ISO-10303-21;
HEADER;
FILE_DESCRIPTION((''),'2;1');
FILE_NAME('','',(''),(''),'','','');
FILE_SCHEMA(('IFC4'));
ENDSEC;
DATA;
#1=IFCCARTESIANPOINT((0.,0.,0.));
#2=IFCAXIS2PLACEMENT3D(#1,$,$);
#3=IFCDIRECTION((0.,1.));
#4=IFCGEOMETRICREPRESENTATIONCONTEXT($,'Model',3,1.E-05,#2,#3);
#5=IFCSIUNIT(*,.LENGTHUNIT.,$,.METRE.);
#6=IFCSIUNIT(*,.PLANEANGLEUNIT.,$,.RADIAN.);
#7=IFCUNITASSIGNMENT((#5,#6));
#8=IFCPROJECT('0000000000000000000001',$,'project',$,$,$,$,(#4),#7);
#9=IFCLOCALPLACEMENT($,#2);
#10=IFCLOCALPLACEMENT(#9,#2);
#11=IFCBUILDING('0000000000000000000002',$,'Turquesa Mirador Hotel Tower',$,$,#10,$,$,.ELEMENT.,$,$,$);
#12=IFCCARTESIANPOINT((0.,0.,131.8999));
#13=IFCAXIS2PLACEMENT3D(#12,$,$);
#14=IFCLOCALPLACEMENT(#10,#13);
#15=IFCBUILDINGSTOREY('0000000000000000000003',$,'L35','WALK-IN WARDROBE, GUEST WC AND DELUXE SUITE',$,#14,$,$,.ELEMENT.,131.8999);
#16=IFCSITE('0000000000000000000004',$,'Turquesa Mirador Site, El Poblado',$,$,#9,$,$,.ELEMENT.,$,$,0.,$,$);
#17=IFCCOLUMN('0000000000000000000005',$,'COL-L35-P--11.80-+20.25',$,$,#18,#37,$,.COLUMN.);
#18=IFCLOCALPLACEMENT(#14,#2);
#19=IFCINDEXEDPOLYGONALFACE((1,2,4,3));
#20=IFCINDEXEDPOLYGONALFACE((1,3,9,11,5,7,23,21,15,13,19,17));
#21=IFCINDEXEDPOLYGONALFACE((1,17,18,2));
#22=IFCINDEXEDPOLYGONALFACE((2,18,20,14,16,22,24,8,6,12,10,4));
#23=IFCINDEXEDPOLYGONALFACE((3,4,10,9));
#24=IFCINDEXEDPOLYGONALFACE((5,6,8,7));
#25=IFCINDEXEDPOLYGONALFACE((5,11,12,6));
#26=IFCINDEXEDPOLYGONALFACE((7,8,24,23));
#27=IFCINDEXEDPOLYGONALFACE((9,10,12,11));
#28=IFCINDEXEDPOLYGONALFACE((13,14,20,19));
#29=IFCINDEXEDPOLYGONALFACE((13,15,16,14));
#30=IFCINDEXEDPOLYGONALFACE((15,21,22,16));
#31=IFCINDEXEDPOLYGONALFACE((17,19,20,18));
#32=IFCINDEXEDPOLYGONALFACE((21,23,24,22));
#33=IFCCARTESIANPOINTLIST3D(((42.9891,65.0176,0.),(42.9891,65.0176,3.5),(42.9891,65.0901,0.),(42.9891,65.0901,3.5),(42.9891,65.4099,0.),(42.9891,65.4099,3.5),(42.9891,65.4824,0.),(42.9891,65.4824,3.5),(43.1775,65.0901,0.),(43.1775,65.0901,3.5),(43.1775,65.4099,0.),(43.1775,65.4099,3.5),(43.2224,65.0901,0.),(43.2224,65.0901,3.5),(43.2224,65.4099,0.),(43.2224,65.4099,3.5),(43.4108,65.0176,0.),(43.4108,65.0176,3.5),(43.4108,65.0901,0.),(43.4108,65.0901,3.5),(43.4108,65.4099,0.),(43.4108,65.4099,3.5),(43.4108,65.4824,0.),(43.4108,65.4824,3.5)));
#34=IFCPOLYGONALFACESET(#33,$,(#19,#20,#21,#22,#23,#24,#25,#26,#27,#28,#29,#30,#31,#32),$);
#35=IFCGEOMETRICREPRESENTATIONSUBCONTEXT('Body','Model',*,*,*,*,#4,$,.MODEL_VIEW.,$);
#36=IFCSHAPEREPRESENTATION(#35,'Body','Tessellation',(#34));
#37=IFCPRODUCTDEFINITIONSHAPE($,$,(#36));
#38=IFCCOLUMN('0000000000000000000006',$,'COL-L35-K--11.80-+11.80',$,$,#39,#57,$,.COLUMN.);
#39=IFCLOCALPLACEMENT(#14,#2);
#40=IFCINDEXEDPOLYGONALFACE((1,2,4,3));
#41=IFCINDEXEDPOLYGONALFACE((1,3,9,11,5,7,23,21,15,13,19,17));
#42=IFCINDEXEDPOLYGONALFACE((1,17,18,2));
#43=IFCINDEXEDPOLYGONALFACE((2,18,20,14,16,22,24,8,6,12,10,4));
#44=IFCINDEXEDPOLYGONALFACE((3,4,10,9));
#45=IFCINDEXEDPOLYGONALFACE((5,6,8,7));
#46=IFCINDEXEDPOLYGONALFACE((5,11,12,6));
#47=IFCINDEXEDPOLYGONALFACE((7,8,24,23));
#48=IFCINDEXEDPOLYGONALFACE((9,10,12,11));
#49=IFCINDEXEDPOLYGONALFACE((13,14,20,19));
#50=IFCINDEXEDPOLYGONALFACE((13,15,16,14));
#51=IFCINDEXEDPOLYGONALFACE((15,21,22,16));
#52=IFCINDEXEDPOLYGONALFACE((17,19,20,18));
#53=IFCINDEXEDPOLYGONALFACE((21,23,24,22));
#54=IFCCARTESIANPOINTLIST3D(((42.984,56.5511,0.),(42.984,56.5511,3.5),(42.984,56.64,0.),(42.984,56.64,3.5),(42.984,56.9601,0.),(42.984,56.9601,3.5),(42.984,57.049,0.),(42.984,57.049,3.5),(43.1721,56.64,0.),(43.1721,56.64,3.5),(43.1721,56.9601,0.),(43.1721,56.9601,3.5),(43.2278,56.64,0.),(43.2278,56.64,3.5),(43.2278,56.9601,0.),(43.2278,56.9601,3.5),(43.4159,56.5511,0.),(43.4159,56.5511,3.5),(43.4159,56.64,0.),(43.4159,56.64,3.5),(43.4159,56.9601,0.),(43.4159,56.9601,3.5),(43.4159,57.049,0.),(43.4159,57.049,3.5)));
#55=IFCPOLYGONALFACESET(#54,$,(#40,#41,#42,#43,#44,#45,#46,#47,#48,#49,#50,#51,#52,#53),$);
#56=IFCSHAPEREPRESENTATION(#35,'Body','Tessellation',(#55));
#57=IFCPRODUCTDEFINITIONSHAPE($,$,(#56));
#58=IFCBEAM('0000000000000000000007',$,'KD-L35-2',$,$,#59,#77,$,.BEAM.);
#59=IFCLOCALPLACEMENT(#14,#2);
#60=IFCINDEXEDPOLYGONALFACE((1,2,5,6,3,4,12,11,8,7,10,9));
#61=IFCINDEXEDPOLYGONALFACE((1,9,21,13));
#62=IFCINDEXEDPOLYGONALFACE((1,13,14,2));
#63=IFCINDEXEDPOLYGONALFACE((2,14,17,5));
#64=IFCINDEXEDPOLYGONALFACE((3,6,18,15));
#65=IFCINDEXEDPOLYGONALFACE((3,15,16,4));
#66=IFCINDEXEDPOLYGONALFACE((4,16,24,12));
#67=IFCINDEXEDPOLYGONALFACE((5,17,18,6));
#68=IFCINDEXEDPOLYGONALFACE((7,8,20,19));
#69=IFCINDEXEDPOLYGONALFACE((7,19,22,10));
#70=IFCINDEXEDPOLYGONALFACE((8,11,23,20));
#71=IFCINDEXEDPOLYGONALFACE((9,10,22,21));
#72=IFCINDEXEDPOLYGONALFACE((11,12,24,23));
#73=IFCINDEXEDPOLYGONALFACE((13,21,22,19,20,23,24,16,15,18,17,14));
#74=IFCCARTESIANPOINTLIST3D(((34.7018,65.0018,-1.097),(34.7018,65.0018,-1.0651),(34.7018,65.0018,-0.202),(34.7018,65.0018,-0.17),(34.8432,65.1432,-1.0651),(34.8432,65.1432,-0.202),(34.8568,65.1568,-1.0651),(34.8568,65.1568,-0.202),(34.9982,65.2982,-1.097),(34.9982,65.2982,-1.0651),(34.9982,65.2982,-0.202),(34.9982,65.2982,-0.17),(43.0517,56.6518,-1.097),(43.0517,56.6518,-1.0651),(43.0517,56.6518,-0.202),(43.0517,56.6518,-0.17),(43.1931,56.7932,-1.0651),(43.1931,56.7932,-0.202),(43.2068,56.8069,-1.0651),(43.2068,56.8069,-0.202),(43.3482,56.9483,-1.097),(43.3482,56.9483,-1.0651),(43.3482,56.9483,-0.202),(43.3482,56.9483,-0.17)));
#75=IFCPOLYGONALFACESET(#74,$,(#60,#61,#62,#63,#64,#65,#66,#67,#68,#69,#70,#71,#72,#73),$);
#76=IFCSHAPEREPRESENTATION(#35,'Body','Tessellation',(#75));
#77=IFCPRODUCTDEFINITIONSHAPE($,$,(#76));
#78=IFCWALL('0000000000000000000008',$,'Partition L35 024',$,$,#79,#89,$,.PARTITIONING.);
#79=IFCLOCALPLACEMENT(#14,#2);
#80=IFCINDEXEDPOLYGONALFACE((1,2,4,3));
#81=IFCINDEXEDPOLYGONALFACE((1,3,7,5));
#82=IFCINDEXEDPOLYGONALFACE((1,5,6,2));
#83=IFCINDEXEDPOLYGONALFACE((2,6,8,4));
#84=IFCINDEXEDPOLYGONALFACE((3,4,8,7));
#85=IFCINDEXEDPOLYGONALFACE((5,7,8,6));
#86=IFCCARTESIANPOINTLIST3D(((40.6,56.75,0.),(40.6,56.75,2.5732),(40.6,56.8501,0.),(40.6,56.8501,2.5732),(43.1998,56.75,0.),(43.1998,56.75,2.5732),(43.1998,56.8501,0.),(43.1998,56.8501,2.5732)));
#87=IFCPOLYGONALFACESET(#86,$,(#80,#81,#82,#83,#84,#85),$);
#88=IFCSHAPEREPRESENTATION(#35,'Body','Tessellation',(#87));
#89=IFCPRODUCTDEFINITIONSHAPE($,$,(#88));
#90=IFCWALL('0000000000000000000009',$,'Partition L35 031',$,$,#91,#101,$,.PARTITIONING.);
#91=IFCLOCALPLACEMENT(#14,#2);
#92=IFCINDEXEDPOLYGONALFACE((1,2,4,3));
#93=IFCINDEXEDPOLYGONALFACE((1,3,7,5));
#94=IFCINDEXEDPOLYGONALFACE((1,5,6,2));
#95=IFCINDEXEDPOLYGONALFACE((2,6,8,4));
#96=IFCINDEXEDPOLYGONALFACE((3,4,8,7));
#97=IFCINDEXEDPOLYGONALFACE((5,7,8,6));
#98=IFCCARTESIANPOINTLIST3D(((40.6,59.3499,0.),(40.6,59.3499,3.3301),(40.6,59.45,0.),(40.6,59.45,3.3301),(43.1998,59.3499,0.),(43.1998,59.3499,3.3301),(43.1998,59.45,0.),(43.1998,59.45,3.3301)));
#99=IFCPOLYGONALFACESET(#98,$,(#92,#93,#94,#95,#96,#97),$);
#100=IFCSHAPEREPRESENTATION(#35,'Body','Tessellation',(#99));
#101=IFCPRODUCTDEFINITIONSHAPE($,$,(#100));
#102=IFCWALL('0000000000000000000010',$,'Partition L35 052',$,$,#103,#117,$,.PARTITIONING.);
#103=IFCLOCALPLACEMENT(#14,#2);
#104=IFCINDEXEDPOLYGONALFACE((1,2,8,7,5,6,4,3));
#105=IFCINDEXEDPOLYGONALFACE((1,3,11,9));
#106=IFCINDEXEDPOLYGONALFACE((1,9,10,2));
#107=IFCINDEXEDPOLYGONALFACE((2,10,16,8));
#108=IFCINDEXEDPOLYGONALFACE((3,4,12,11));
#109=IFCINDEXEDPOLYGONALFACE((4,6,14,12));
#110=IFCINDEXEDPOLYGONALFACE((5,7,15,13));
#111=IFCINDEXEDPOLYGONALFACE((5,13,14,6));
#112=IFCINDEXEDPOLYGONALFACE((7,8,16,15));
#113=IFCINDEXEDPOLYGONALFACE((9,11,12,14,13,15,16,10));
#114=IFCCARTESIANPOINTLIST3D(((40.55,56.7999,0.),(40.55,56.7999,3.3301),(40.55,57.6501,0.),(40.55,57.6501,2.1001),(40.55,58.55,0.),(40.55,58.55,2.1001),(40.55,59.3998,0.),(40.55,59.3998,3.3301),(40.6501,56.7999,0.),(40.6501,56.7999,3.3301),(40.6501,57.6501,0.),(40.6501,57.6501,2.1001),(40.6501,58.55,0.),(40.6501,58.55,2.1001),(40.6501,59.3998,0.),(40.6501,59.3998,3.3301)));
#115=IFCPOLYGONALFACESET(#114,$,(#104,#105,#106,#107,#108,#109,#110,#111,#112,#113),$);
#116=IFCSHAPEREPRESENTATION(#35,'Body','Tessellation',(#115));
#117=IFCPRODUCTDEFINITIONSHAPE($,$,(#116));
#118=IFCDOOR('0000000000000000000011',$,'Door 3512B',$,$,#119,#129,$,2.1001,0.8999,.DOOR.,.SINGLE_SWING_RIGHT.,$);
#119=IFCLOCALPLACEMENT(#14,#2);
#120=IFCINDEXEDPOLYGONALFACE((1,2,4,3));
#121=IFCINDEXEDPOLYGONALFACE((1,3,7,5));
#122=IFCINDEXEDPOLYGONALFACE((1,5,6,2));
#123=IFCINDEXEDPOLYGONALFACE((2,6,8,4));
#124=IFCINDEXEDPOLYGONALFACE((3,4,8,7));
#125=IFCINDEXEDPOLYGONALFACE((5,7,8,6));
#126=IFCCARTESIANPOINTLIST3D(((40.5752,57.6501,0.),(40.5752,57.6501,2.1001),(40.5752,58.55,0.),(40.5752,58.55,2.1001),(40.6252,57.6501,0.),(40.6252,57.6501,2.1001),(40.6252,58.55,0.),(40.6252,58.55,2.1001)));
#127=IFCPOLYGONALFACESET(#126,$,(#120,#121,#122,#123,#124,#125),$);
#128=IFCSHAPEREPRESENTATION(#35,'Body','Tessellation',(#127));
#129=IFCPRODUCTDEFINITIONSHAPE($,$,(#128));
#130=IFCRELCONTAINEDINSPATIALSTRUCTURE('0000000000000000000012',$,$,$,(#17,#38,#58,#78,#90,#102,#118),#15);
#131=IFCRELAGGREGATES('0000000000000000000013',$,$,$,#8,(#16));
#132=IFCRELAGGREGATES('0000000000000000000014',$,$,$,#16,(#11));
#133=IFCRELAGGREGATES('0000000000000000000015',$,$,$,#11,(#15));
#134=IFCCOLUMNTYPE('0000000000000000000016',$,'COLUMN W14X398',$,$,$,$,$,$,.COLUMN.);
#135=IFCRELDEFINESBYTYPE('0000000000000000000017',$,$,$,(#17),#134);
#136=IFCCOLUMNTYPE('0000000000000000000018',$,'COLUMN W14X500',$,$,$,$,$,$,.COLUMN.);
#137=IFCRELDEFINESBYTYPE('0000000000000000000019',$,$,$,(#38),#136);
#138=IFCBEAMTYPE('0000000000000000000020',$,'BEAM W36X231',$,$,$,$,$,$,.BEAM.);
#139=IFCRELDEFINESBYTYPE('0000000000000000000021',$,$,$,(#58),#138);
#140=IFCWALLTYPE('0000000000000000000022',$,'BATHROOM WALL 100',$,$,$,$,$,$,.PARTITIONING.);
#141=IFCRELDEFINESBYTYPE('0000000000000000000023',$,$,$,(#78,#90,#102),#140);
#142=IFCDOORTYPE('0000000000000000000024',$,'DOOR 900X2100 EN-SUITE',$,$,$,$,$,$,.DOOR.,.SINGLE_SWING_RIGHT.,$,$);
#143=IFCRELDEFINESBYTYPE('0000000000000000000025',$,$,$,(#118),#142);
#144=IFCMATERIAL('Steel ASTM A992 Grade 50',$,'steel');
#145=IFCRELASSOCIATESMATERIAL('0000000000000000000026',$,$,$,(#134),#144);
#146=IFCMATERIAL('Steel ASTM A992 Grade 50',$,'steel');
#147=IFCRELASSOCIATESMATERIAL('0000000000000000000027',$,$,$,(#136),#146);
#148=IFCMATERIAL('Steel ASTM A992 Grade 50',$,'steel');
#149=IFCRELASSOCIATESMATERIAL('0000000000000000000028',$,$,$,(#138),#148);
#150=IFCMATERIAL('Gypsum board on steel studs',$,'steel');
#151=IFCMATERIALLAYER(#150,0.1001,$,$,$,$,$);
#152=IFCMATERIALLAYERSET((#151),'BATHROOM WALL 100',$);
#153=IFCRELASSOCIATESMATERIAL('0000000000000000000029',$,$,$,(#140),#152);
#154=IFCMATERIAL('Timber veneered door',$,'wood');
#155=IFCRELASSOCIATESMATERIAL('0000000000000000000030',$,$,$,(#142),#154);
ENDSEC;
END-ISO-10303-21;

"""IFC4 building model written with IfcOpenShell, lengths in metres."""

from ifc_helpers import new_model, si_unit, direction, frame, frame_2d, origin, origin_2d, place, context, subcontext, project, spatial, rectangle, i_section, extrude, material, layer, layer_set, material_profile, profile_set, type_object, element, fill, save


model = new_model("IFC4")

# Units and contexts
model_context = context("Model", 3, precision=1e-05, world=origin(), true_north=direction((0.0, 1.0)))
body_context = subcontext(model_context, "Body", "Model", "MODEL_VIEW")
ifc_project = project(units=[si_unit("LENGTHUNIT", "METRE"), si_unit("PLANEANGLEUNIT", "RADIAN")], contexts=[model_context])

# Site, building, storey
site_placement = place(None, origin())
site = spatial("IfcSite", under=ifc_project, at=site_placement, Name="Turquesa Mirador Site, El Poblado", CompositionType="ELEMENT", RefElevation=0.0)
building_placement = place(site_placement, origin())
building = spatial("IfcBuilding", under=site, at=building_placement, Name="Turquesa Mirador Hotel Tower", CompositionType="ELEMENT")
storey_placement = place(building_placement, frame((0.0, 0.0, 131.8999)))
storey = spatial("IfcBuildingStorey", under=building, at=storey_placement, Name="L35", Description="WALK-IN WARDROBE, GUEST WC AND DELUXE SUITE", CompositionType="ELEMENT", Elevation=131.8999)

# Columns
ifc_material_1 = material(Name="Steel ASTM A992 Grade 50", Category="steel")
ifc_material_profile_1 = material_profile(ifc_material_1, i_section(OverallWidth=0.4216, OverallDepth=0.4648, WebThickness=0.0449, FlangeThickness=0.0725, at=origin_2d()), Name="W14X398")
ifc_profile_set_1 = profile_set([ifc_material_profile_1], Name="Steel ASTM A992 Grade 50")
column_type_1 = type_object("IfcColumnType", Name="COLUMN W14X398", PredefinedType="COLUMN", material=ifc_profile_set_1)
column_1_placement = place(storey_placement, frame((43.2, 65.25, 0.0), z_axis=(0.0, 0.0, 1.0), x_axis=(1.0, 0.0, 0.0)))
element("IfcColumn", 1, at=column_1_placement, inside=storey, type_object=column_type_1, Name="COL-L35-P--11.80-+20.25", PredefinedType="COLUMN", context=body_context, shape_type="SweptSolid", body=[
    extrude(i_section(OverallWidth=0.4216, OverallDepth=0.4648, WebThickness=0.0449, FlangeThickness=0.0725, at=origin_2d()), origin(), (0.0, 0.0, 1.0), 3.5),
])
ifc_material_2 = material(Name="Steel ASTM A992 Grade 50", Category="steel")
ifc_material_profile_2 = material_profile(ifc_material_2, i_section(OverallWidth=0.4319, OverallDepth=0.4978, WebThickness=0.0557, FlangeThickness=0.0889, at=origin_2d()), Name="W14X500")
ifc_profile_set_2 = profile_set([ifc_material_profile_2], Name="Steel ASTM A992 Grade 50")
column_type_2 = type_object("IfcColumnType", Name="COLUMN W14X500", PredefinedType="COLUMN", material=ifc_profile_set_2)
column_2_placement = place(storey_placement, frame((43.2, 56.8, 0.0), z_axis=(0.0, 0.0, 1.0), x_axis=(1.0, 0.0, 0.0)))
element("IfcColumn", 2, at=column_2_placement, inside=storey, type_object=column_type_2, Name="COL-L35-K--11.80-+11.80", PredefinedType="COLUMN", context=body_context, shape_type="SweptSolid", body=[
    extrude(i_section(OverallWidth=0.4319, OverallDepth=0.4978, WebThickness=0.0557, FlangeThickness=0.0889, at=origin_2d()), origin(), (0.0, 0.0, 1.0), 3.5),
])

# Beam
ifc_material_3 = material(Name="Steel ASTM A992 Grade 50", Category="steel")
ifc_material_profile_3 = material_profile(ifc_material_3, i_section(OverallWidth=0.4192, OverallDepth=0.927, WebThickness=0.0193, FlangeThickness=0.032, at=origin_2d()), Name="W36X231")
ifc_profile_set_3 = profile_set([ifc_material_profile_3], Name="Steel ASTM A992 Grade 50")
beam_type = type_object("IfcBeamType", Name="BEAM W36X231", PredefinedType="BEAM", material=ifc_profile_set_3)
beam_placement = place(storey_placement, frame((43.2, 56.8, -0.6335), z_axis=(-0.707107, 0.707107, 0.0), x_axis=(-0.707107, -0.707107, 0.0)))
element("IfcBeam", 3, at=beam_placement, inside=storey, type_object=beam_type, Name="KD-L35-2", PredefinedType="BEAM", context=body_context, shape_type="SweptSolid", body=[
    extrude(i_section(OverallWidth=0.4192, OverallDepth=0.927, WebThickness=0.0193, FlangeThickness=0.032, at=origin_2d()), origin(), (0.0, 0.0, 1.0), 11.8086),
])

# Walls
ifc_material_4 = material(Name="Gypsum board on steel studs", Category="steel")
ifc_layer_1 = layer(ifc_material_4, 0.1001)
ifc_layer_set_1 = layer_set([ifc_layer_1], Name="BATHROOM WALL 100")
wall_type_1 = type_object("IfcWallType", Name="BATHROOM WALL 100", PredefinedType="PARTITIONING", material=ifc_layer_set_1)
wall_1_placement = place(storey_placement, frame((40.6001, 56.8, 0.0), z_axis=(0.0, 0.0, 1.0), x_axis=(1.0, 0.0, 0.0)))
element("IfcWall", 4, at=wall_1_placement, inside=storey, type_object=wall_type_1, Name="Partition L35 024", PredefinedType="PARTITIONING", context=body_context, shape_type="SweptSolid", body=[
    extrude(rectangle(XDim=2.5999, YDim=0.1001, at=frame_2d((1.2998, 0.0))), origin(), (0.0, 0.0, 1.0), 2.5732),
])
wall_2_placement = place(storey_placement, frame((40.6001, 59.3999, 0.0), z_axis=(0.0, 0.0, 1.0), x_axis=(1.0, 0.0, 0.0)))
element("IfcWall", 5, at=wall_2_placement, inside=storey, type_object=wall_type_1, Name="Partition L35 031", PredefinedType="PARTITIONING", context=body_context, shape_type="SweptSolid", body=[
    extrude(rectangle(XDim=2.5999, YDim=0.1001, at=frame_2d((1.2998, 0.0))), origin(), (0.0, 0.0, 1.0), 3.3301),
])

# Wall, opening, door
wall_3_placement = place(storey_placement, frame((40.6001, 56.8, 0.0), z_axis=(0.0, 0.0, 1.0), x_axis=(0.0, 1.0, 0.0)))
wall_3 = element("IfcWall", 6, at=wall_3_placement, inside=storey, type_object=wall_type_1, Name="Partition L35 052", PredefinedType="PARTITIONING", context=body_context, shape_type="SweptSolid", body=[
    extrude(rectangle(XDim=2.5999, YDim=0.1001, at=frame_2d((1.2998, 0.0))), origin(), (0.0, 0.0, 1.0), 3.3301),
])
opening_1_placement = place(wall_3_placement, frame((0.8501, 0.0, 0.0)))
opening_1 = element("IfcOpeningElement", 7, at=opening_1_placement, cuts=wall_3, PredefinedType="OPENING", context=body_context, shape_type="SweptSolid", body=[
    extrude(rectangle(XDim=0.8999, YDim=2.1001, at=frame_2d((0.45, 1.05))), frame((0.0, 0.0601, 0.0), z_axis=(0.0, -1.0, 0.0), x_axis=(1.0, 0.0, 0.0)), (0.0, 0.0, 1.0), 0.1201),
])
ifc_material_5 = material(Name="Timber veneered door", Category="wood")
door_type_1 = type_object("IfcDoorType", Name="DOOR 900X2100 EN-SUITE", OperationType="SINGLE_SWING_RIGHT", PredefinedType="DOOR", material=ifc_material_5)
door_1_placement = place(opening_1_placement, origin())
door_1 = element("IfcDoor", 8, at=door_1_placement, inside=storey, type_object=door_type_1, Name="Door 3512B", OperationType="SINGLE_SWING_RIGHT", OverallHeight=2.1001, OverallWidth=0.8999, PredefinedType="DOOR", context=body_context, shape_type="SweptSolid", body=[
    extrude(rectangle(XDim=0.8999, YDim=2.1001, at=frame_2d((0.45, 1.05))), frame((0.0, 0.0249, 0.0), z_axis=(0.0, -1.0, 0.0), x_axis=(1.0, 0.0, 0.0)), (0.0, 0.0, 1.0), 0.05),
])
fill(opening_1, door_1)

save(model, "model.ifc")
